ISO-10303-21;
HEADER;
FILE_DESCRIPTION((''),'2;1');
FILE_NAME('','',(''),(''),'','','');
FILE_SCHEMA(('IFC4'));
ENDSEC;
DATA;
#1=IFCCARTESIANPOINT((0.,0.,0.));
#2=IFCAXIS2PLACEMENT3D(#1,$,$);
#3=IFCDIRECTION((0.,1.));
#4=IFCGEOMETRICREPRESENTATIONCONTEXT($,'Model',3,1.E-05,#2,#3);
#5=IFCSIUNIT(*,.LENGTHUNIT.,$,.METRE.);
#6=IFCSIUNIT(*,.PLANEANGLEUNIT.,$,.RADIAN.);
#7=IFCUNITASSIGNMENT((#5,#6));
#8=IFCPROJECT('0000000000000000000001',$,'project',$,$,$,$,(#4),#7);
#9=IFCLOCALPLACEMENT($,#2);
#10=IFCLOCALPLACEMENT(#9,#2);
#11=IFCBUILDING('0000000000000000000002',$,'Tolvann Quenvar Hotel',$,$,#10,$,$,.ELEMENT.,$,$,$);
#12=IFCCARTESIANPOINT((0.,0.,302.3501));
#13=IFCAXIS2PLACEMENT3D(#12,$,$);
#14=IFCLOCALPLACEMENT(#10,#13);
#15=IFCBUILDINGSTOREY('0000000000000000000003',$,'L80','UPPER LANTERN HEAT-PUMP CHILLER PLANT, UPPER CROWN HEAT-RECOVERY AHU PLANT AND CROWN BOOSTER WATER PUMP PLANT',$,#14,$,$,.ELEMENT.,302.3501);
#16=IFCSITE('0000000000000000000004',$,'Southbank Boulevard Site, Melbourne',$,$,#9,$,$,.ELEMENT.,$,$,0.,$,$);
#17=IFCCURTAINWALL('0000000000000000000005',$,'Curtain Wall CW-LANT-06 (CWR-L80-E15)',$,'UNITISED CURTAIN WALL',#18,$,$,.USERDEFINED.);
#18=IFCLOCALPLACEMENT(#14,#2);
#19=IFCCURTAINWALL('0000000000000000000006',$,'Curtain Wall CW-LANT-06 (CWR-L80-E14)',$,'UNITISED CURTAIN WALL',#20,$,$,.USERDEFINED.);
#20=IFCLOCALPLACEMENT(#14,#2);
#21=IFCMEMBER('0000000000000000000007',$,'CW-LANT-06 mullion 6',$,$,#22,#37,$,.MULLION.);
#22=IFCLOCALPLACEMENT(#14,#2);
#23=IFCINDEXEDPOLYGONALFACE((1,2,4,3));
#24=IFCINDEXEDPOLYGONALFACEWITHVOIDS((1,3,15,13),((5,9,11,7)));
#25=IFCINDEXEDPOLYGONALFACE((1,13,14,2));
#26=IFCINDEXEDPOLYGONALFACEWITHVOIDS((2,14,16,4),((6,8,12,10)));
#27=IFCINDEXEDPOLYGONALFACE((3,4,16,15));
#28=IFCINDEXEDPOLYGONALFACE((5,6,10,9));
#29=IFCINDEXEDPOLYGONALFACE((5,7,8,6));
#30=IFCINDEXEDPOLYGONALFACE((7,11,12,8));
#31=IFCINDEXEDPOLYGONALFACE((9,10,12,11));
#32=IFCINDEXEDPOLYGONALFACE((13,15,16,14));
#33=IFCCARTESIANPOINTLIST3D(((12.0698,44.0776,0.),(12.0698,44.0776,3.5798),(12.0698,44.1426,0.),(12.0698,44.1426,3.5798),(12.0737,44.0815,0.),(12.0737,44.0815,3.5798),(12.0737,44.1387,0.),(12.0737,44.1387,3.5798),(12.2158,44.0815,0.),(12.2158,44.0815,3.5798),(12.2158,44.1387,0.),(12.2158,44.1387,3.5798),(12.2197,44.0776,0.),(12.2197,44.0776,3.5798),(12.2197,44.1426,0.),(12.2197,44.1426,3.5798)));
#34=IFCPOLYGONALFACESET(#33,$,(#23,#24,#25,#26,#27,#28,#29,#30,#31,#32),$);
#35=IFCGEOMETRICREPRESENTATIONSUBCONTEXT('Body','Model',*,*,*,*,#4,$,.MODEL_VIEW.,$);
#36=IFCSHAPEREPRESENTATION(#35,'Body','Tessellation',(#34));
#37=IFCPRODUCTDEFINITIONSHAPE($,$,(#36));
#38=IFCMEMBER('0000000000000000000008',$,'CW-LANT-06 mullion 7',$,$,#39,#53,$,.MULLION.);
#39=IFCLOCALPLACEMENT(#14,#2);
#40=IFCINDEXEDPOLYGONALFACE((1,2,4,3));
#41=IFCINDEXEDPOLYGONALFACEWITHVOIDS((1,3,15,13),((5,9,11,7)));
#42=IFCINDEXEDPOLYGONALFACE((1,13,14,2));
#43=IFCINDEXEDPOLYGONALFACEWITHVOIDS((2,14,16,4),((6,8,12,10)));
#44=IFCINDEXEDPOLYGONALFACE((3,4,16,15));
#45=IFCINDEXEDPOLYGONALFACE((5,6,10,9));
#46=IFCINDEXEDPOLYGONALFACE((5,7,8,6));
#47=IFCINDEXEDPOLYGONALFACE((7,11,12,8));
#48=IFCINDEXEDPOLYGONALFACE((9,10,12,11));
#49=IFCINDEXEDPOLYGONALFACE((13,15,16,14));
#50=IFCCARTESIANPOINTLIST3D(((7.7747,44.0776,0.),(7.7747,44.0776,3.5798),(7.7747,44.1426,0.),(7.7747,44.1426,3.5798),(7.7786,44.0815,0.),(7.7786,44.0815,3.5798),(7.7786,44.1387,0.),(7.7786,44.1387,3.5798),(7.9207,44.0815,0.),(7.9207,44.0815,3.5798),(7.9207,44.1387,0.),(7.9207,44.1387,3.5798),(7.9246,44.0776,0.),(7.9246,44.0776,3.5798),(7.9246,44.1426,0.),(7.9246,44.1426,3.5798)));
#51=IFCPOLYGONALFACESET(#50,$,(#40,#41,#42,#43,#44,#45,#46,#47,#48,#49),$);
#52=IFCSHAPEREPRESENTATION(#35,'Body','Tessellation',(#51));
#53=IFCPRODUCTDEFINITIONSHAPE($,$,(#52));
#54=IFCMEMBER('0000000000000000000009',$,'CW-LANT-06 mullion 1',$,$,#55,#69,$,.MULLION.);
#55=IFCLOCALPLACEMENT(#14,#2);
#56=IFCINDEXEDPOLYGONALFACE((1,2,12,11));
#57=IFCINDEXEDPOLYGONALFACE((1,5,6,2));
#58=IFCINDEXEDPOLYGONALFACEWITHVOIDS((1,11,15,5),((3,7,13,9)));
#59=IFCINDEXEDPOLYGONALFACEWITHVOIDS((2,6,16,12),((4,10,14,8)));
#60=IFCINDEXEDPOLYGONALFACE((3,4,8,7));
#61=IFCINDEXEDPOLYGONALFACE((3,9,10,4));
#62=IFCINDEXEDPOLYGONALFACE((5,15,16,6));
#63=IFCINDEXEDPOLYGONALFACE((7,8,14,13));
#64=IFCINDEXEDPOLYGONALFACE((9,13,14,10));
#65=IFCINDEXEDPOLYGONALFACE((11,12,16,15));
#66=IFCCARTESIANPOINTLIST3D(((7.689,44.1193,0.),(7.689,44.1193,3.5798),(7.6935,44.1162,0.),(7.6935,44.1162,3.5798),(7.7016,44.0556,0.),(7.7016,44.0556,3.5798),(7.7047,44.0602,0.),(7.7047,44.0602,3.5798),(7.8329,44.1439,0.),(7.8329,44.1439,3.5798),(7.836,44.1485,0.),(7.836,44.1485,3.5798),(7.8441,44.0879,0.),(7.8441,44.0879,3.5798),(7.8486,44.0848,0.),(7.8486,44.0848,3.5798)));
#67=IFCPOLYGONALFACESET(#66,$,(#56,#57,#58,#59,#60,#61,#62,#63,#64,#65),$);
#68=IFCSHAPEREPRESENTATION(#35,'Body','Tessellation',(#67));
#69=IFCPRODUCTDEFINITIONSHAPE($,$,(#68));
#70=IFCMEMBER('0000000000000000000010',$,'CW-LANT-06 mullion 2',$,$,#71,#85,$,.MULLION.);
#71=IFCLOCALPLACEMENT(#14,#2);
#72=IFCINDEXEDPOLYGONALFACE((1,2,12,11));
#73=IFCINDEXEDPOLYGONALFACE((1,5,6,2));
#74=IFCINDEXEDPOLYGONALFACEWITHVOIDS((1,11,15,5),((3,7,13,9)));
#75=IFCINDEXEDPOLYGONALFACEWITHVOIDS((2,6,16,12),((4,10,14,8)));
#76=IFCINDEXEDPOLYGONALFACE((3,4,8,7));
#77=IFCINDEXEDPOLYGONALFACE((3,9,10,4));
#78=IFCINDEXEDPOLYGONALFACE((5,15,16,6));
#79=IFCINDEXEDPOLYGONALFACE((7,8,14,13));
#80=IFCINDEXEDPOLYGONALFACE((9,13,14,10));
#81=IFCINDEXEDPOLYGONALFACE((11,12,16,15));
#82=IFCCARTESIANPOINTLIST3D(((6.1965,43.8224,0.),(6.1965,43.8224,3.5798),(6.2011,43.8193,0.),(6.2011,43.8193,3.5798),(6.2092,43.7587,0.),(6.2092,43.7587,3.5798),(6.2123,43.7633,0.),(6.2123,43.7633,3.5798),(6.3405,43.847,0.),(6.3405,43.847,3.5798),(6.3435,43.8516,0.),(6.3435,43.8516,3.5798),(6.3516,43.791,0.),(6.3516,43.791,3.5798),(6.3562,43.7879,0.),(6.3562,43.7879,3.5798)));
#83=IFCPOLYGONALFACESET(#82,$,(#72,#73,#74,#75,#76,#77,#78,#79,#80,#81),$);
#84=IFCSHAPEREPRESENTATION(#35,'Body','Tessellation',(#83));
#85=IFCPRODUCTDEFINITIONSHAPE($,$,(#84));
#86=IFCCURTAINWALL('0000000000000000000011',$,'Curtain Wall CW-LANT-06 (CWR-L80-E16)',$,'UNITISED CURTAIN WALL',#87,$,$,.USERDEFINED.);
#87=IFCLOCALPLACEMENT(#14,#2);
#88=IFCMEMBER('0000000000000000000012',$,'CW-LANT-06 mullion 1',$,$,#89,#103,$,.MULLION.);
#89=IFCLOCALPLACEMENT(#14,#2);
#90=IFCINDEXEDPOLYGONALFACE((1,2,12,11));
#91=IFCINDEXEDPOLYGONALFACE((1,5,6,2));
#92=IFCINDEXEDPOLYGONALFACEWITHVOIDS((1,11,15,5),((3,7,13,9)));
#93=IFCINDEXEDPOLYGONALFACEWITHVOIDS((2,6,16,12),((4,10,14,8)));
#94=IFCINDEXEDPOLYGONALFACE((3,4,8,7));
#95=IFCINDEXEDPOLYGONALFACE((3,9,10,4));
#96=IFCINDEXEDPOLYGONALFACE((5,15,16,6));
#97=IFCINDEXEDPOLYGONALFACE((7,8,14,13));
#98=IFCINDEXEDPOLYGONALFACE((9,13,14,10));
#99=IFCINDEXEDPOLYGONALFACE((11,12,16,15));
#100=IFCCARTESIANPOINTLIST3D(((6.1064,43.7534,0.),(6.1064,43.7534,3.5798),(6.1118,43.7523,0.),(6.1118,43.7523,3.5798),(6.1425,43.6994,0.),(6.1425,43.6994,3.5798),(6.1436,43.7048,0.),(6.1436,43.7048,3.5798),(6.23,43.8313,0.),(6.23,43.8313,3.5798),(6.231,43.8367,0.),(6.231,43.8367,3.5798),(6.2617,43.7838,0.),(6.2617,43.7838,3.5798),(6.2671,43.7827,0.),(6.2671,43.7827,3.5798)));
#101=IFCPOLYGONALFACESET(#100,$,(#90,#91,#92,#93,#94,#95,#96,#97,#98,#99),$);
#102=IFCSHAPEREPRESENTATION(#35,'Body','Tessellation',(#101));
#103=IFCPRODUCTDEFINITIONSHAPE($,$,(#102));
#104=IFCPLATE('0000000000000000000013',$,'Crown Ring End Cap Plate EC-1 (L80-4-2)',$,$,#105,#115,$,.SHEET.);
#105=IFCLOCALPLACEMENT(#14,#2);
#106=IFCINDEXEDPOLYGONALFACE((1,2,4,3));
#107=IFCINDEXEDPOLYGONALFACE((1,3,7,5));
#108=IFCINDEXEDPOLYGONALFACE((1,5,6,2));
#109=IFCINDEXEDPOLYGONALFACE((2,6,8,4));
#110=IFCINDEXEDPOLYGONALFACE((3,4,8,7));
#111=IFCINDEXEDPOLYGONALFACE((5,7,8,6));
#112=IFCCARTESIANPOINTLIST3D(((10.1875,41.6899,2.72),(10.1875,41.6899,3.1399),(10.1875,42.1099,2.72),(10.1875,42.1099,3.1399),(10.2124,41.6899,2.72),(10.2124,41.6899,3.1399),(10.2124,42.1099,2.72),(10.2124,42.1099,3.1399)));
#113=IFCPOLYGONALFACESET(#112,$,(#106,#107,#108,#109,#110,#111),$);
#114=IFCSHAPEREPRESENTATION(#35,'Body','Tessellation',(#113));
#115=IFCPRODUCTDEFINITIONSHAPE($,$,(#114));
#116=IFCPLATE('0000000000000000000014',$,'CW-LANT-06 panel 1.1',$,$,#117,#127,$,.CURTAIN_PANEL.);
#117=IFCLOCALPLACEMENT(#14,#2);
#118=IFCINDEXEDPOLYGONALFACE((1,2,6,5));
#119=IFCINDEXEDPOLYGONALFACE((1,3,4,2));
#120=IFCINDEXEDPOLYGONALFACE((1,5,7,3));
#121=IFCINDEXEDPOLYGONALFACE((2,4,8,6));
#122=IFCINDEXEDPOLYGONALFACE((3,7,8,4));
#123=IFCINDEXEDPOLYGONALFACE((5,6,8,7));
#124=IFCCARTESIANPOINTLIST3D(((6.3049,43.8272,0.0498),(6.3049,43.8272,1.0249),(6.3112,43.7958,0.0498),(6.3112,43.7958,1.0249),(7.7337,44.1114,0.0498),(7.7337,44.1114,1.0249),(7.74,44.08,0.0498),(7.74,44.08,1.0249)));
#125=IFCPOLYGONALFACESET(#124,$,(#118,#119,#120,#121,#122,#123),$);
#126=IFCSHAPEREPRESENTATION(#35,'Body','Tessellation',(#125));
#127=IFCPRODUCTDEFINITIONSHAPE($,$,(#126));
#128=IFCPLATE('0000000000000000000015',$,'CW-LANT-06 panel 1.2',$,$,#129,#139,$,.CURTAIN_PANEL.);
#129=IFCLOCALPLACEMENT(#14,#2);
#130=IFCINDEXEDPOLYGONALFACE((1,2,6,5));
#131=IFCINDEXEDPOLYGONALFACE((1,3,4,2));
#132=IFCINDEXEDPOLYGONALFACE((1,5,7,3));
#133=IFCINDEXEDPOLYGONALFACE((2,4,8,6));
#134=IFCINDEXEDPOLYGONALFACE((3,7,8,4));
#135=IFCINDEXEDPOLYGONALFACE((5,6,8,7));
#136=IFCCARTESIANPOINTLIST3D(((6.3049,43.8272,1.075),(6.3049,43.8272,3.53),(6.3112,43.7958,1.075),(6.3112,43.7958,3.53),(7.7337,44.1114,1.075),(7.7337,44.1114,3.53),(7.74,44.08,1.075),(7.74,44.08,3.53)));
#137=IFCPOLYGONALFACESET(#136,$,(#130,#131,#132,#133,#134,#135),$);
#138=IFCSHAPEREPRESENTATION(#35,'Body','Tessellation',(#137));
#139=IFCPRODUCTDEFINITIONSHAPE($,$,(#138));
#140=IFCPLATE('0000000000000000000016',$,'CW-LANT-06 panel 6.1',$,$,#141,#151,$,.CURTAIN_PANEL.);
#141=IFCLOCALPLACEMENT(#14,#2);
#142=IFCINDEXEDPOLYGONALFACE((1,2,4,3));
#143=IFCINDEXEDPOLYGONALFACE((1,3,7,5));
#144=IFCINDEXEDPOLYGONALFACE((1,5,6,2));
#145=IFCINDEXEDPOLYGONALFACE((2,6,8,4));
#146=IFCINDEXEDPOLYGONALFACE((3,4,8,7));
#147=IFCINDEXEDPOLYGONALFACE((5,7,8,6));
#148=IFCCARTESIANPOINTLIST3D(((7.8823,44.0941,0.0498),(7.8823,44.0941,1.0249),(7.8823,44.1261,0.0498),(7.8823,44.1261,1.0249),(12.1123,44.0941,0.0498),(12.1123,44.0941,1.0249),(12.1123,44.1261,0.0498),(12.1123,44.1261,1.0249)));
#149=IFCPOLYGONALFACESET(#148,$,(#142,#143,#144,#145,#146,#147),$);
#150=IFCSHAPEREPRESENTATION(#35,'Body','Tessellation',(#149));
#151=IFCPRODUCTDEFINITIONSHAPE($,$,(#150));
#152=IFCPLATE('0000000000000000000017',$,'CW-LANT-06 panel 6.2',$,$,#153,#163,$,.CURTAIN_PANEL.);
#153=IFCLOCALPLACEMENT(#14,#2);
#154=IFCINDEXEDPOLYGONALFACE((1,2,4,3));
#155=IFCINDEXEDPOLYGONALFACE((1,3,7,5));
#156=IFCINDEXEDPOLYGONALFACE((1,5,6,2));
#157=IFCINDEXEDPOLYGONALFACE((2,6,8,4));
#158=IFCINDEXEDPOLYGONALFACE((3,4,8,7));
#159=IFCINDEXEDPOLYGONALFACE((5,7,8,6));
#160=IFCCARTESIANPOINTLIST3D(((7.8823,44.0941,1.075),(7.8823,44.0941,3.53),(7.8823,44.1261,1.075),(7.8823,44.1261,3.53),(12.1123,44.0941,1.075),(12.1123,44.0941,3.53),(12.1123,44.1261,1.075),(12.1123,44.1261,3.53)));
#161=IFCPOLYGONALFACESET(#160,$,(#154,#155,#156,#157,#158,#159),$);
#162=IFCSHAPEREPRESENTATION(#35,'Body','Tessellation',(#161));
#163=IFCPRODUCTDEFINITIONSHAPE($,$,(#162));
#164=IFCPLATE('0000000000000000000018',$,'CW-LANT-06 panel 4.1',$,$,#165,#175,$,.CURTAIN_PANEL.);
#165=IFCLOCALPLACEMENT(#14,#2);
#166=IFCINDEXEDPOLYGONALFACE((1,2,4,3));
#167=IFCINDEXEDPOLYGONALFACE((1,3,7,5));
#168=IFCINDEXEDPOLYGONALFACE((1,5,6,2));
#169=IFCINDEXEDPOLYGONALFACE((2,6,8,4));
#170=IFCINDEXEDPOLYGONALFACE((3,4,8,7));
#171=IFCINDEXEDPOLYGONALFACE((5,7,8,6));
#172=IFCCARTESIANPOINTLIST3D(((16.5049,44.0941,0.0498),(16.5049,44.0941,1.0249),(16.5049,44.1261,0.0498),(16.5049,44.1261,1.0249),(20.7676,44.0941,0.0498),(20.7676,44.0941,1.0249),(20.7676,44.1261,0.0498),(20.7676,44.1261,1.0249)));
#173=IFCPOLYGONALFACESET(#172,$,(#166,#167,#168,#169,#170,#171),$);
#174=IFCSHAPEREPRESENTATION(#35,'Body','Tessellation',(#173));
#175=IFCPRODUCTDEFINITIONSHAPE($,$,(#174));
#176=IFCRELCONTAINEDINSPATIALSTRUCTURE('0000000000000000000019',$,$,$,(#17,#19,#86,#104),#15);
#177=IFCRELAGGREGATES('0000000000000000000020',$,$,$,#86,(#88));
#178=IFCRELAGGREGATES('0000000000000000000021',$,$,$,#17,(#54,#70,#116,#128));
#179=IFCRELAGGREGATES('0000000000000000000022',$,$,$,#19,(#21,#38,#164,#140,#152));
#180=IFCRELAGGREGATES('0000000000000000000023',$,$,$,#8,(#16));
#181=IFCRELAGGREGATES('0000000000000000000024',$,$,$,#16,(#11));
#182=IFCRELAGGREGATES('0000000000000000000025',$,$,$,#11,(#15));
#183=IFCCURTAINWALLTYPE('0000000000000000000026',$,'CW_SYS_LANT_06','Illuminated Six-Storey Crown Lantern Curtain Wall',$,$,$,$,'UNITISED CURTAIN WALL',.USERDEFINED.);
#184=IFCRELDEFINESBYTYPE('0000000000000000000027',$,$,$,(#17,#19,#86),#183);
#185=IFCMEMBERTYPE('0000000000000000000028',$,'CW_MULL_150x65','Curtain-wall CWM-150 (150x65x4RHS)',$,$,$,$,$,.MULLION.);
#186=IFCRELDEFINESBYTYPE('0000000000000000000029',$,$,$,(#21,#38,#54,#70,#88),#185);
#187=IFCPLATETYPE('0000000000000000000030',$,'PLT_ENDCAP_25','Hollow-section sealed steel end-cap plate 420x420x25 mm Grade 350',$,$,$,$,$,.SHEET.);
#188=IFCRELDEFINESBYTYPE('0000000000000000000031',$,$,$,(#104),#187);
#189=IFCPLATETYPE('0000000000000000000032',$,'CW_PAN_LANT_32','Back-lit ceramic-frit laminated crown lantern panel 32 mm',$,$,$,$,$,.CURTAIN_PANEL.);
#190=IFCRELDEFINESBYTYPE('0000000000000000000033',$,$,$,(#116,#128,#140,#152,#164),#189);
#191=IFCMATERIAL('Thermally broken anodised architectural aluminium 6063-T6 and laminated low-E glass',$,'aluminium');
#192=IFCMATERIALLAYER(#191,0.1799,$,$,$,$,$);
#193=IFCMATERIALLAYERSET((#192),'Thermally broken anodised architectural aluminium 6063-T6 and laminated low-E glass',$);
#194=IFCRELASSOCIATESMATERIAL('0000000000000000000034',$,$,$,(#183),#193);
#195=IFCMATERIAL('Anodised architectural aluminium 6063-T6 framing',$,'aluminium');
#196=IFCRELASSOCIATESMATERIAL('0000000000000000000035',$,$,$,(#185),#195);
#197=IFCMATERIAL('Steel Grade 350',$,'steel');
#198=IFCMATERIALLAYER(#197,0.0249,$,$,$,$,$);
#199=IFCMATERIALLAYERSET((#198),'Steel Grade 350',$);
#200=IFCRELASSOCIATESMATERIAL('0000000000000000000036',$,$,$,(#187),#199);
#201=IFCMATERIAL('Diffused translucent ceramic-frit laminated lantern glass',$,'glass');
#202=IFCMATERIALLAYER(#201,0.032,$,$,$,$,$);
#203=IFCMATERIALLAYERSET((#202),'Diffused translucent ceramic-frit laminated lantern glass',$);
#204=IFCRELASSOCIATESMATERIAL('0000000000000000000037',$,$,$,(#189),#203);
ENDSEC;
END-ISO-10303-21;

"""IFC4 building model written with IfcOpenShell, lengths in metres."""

from ifc_helpers import new_model, si_unit, direction, frame, origin, origin_2d, place, context, subcontext, project, spatial, rectangle, hollow_rectangle, extrude, source, transform, mapped, material, layer, layer_set, material_profile, profile_set, type_object, type_shapes, element, aggregate, save


model = new_model("IFC4")

# Units and contexts
model_context = context("Model", 3, precision=1e-05, world=origin(), true_north=direction((0.0, 1.0)))
body_context = subcontext(model_context, "Body", "Model", "MODEL_VIEW")
ifc_project = project(units=[si_unit("LENGTHUNIT", "METRE"), si_unit("PLANEANGLEUNIT", "RADIAN")], contexts=[model_context])

# Site, building, storey
site_placement = place(None, origin())
site = spatial("IfcSite", under=ifc_project, at=site_placement, Name="Southbank Boulevard Site, Melbourne", CompositionType="ELEMENT", RefElevation=0.0)
building_placement = place(site_placement, origin())
building = spatial("IfcBuilding", under=site, at=building_placement, Name="Tolvann Quenvar Hotel", CompositionType="ELEMENT")
storey_placement = place(building_placement, frame((0.0, 0.0, 302.3501)))
storey = spatial("IfcBuildingStorey", under=building, at=storey_placement, Name="L80", Description="UPPER LANTERN HEAT-PUMP CHILLER PLANT, UPPER CROWN HEAT-RECOVERY AHU PLANT AND CROWN BOOSTER WATER PUMP PLANT", CompositionType="ELEMENT", Elevation=302.3501)

# Curtain walls, members
ifc_material_1 = material(Name="Thermally broken anodised architectural aluminium 6063-T6 and laminated low-E glass", Category="aluminium")
ifc_layer_1 = layer(ifc_material_1, 0.1799)
ifc_layer_set_1 = layer_set([ifc_layer_1], Name="Thermally broken anodised architectural aluminium 6063-T6 and laminated low-E glass")
curtain_wall_type = type_object("IfcCurtainWallType", Name="CW_SYS_LANT_06", Description="Illuminated Six-Storey Crown Lantern Curtain Wall", ElementType="UNITISED CURTAIN WALL", PredefinedType="USERDEFINED", material=ifc_layer_set_1)
curtain_wall_1_placement = place(storey_placement, origin())
curtain_wall_1 = element("IfcCurtainWall", 1, at=curtain_wall_1_placement, inside=storey, type_object=curtain_wall_type, Name="Curtain Wall CW-LANT-06 (CWR-L80-E15)", ObjectType="UNITISED CURTAIN WALL", PredefinedType="USERDEFINED")
ifc_material_2 = material(Name="Anodised architectural aluminium 6063-T6 framing", Category="aluminium")
curtain_wall_2_placement = place(storey_placement, origin())
curtain_wall_2 = element("IfcCurtainWall", 2, at=curtain_wall_2_placement, inside=storey, type_object=curtain_wall_type, Name="Curtain Wall CW-LANT-06 (CWR-L80-E14)", ObjectType="UNITISED CURTAIN WALL", PredefinedType="USERDEFINED")
ifc_material_profile_1 = material_profile(ifc_material_2, hollow_rectangle(XDim=0.0649, YDim=0.1499, WallThickness=0.0039, at=origin_2d()), Name="150x65x4RHS")
ifc_profile_set_1 = profile_set([ifc_material_profile_1], Name="Anodised architectural aluminium 6063-T6 framing")
member_type_1 = type_object("IfcMemberType", Name="CW_MULL_150x65", Description="Curtain-wall CWM-150 (150x65x4RHS)", PredefinedType="MULLION", material=ifc_profile_set_1)
shared_shape_1 = source(origin(), body_context, "Body", "SweptSolid", [
    extrude(hollow_rectangle(XDim=0.0649, YDim=0.1499, WallThickness=0.0039, at=origin_2d()), origin(), (0.0, 0.0, 1.0), 3.5798),
])
type_shapes(member_type_1, [shared_shape_1])
member_1_placement = place(storey_placement, frame((12.1448, 44.1101, 0.0), z_axis=(0.0, 0.0, 1.0), x_axis=(0.0, -1.0, 0.0)))
member_1 = element("IfcMember", 3, at=member_1_placement, type_object=member_type_1, Name="CW-LANT-06 mullion 6", PredefinedType="MULLION", context=body_context, shape_type="MappedRepresentation", body=[
    mapped(shared_shape_1, transform((0.0, 0.0, 0.0), x_axis=(1.0, 0.0, 0.0), y_axis=(0.0, 1.0, 0.0), z_axis=(0.0, 0.0, 1.0), scale=1.0)),
])
member_2_placement = place(storey_placement, frame((7.8496, 44.1101, 0.0), z_axis=(0.0, 0.0, 1.0), x_axis=(0.0, -1.0, 0.0)))
member_2 = element("IfcMember", 4, at=member_2_placement, type_object=member_type_1, Name="CW-LANT-06 mullion 7", PredefinedType="MULLION", context=body_context, shape_type="MappedRepresentation", body=[
    mapped(shared_shape_1, transform((0.0, 0.0, 0.0), x_axis=(1.0, 0.0, 0.0), y_axis=(0.0, 1.0, 0.0), z_axis=(0.0, 0.0, 1.0), scale=1.0)),
])

# Members
member_3_placement = place(storey_placement, frame((7.7688, 44.1021, 0.0), z_axis=(0.0, 0.0, 1.0), x_axis=(0.195062, -0.980791, 0.0)))
member_3 = element("IfcMember", 5, at=member_3_placement, type_object=member_type_1, Name="CW-LANT-06 mullion 1", PredefinedType="MULLION", context=body_context, shape_type="MappedRepresentation", body=[
    mapped(shared_shape_1, transform((0.0, 0.0, 0.0), x_axis=(1.0, 0.0, 0.0), y_axis=(0.0, 1.0, 0.0), z_axis=(0.0, 0.0, 1.0), scale=1.0)),
])
member_4_placement = place(storey_placement, frame((6.2764, 43.8052, 0.0), z_axis=(0.0, 0.0, 1.0), x_axis=(0.195062, -0.980791, 0.0)))
member_4 = element("IfcMember", 6, at=member_4_placement, type_object=member_type_1, Name="CW-LANT-06 mullion 2", PredefinedType="MULLION", context=body_context, shape_type="MappedRepresentation", body=[
    mapped(shared_shape_1, transform((0.0, 0.0, 0.0), x_axis=(1.0, 0.0, 0.0), y_axis=(0.0, 1.0, 0.0), z_axis=(0.0, 0.0, 1.0), scale=1.0)),
])

# Curtain wall, member
curtain_wall_3_placement = place(storey_placement, origin())
curtain_wall_3 = element("IfcCurtainWall", 7, at=curtain_wall_3_placement, inside=storey, type_object=curtain_wall_type, Name="Curtain Wall CW-LANT-06 (CWR-L80-E16)", ObjectType="UNITISED CURTAIN WALL", PredefinedType="USERDEFINED")
member_5_placement = place(storey_placement, frame((6.1868, 43.7681, 0.0), z_axis=(0.0, 0.0, 1.0), x_axis=(0.555656, -0.831412, 0.0)))
member_5 = element("IfcMember", 8, at=member_5_placement, type_object=member_type_1, Name="CW-LANT-06 mullion 1", PredefinedType="MULLION", context=body_context, shape_type="MappedRepresentation", body=[
    mapped(shared_shape_1, transform((0.0, 0.0, 0.0), x_axis=(1.0, 0.0, 0.0), y_axis=(0.0, 1.0, 0.0), z_axis=(0.0, 0.0, 1.0), scale=1.0)),
])
aggregate(curtain_wall_3, [member_5])

# Plates
ifc_material_3 = material(Name="Steel Grade 350", Category="steel")
ifc_layer_2 = layer(ifc_material_3, 0.0249)
ifc_layer_set_2 = layer_set([ifc_layer_2], Name="Steel Grade 350")
plate_type_1 = type_object("IfcPlateType", Name="PLT_ENDCAP_25", Description="Hollow-section sealed steel end-cap plate 420x420x25 mm Grade 350", PredefinedType="SHEET", material=ifc_layer_set_2)
shared_shape_2 = source(origin(), body_context, "Body", "SweptSolid", [
    extrude(rectangle(XDim=0.0249, YDim=0.4199, at=origin_2d()), origin(), (0.0, 0.0, 1.0), 0.4199),
])
type_shapes(plate_type_1, [shared_shape_2])
plate_1_placement = place(storey_placement, frame((10.2, 41.8999, 2.72), z_axis=(0.0, 0.0, 1.0), x_axis=(1.0, 0.0, 0.0)))
element("IfcPlate", 9, at=plate_1_placement, inside=storey, type_object=plate_type_1, Name="Crown Ring End Cap Plate EC-1 (L80-4-2)", PredefinedType="SHEET", context=body_context, shape_type="MappedRepresentation", body=[
    mapped(shared_shape_2, transform((0.0, 0.0, 0.0), x_axis=(1.0, 0.0, 0.0), y_axis=(0.0, 1.0, 0.0), z_axis=(0.0, 0.0, 1.0), scale=1.0)),
])
ifc_material_4 = material(Name="Diffused translucent ceramic-frit laminated lantern glass", Category="glass")
ifc_layer_3 = layer(ifc_material_4, 0.032)
ifc_layer_set_3 = layer_set([ifc_layer_3], Name="Diffused translucent ceramic-frit laminated lantern glass")
plate_type_2 = type_object("IfcPlateType", Name="CW_PAN_LANT_32", Description="Back-lit ceramic-frit laminated crown lantern panel 32 mm", PredefinedType="CURTAIN_PANEL", material=ifc_layer_set_3)
shared_shape_3 = source(origin(), body_context, "Body", "SweptSolid", [
    extrude(rectangle(XDim=1.4568, YDim=0.032, at=origin_2d()), origin(), (0.0, 0.0, 1.0), 0.9751),
])
plate_2_placement = place(storey_placement, frame((7.0225, 43.9536, 0.0498), z_axis=(0.0, 0.0, 1.0), x_axis=(-0.980791, -0.195062, 0.0)))
plate_2 = element("IfcPlate", 10, at=plate_2_placement, type_object=plate_type_2, Name="CW-LANT-06 panel 1.1", PredefinedType="CURTAIN_PANEL", context=body_context, shape_type="MappedRepresentation", body=[
    mapped(shared_shape_3, transform((0.0, 0.0, 0.0), x_axis=(1.0, 0.0, 0.0), y_axis=(0.0, 1.0, 0.0), z_axis=(0.0, 0.0, 1.0), scale=1.0)),
])
shared_shape_4 = source(origin(), body_context, "Body", "SweptSolid", [
    extrude(rectangle(XDim=1.4568, YDim=0.032, at=origin_2d()), origin(), (0.0, 0.0, 1.0), 2.4551),
])
plate_3_placement = place(storey_placement, frame((7.0225, 43.9536, 1.075), z_axis=(0.0, 0.0, 1.0), x_axis=(-0.980791, -0.195062, 0.0)))
plate_3 = element("IfcPlate", 11, at=plate_3_placement, type_object=plate_type_2, Name="CW-LANT-06 panel 1.2", PredefinedType="CURTAIN_PANEL", context=body_context, shape_type="MappedRepresentation", body=[
    mapped(shared_shape_4, transform((0.0, 0.0, 0.0), x_axis=(1.0, 0.0, 0.0), y_axis=(0.0, 1.0, 0.0), z_axis=(0.0, 0.0, 1.0), scale=1.0)),
])
aggregate(curtain_wall_1, [member_3, member_4, plate_2, plate_3])
shared_shape_5 = source(origin(), body_context, "Body", "SweptSolid", [
    extrude(rectangle(XDim=4.23, YDim=0.032, at=origin_2d()), origin(), (0.0, 0.0, 1.0), 0.9751),
])
plate_4_placement = place(storey_placement, frame((9.9973, 44.1101, 0.0498), z_axis=(0.0, 0.0, 1.0), x_axis=(-1.0, 0.0, 0.0)))
plate_4 = element("IfcPlate", 12, at=plate_4_placement, type_object=plate_type_2, Name="CW-LANT-06 panel 6.1", PredefinedType="CURTAIN_PANEL", context=body_context, shape_type="MappedRepresentation", body=[
    mapped(shared_shape_5, transform((0.0, 0.0, 0.0), x_axis=(1.0, 0.0, 0.0), y_axis=(0.0, 1.0, 0.0), z_axis=(0.0, 0.0, 1.0), scale=1.0)),
])
shared_shape_6 = source(origin(), body_context, "Body", "SweptSolid", [
    extrude(rectangle(XDim=4.23, YDim=0.032, at=origin_2d()), origin(), (0.0, 0.0, 1.0), 2.4551),
])
plate_5_placement = place(storey_placement, frame((9.9973, 44.1101, 1.075), z_axis=(0.0, 0.0, 1.0), x_axis=(-1.0, 0.0, 0.0)))
plate_5 = element("IfcPlate", 13, at=plate_5_placement, type_object=plate_type_2, Name="CW-LANT-06 panel 6.2", PredefinedType="CURTAIN_PANEL", context=body_context, shape_type="MappedRepresentation", body=[
    mapped(shared_shape_6, transform((0.0, 0.0, 0.0), x_axis=(1.0, 0.0, 0.0), y_axis=(0.0, 1.0, 0.0), z_axis=(0.0, 0.0, 1.0), scale=1.0)),
])
shared_shape_7 = source(origin(), body_context, "Body", "SweptSolid", [
    extrude(rectangle(XDim=4.2627, YDim=0.032, at=origin_2d()), origin(), (0.0, 0.0, 1.0), 0.9751),
])
plate_6_placement = place(storey_placement, frame((18.6362, 44.1101, 0.0498), z_axis=(0.0, 0.0, 1.0), x_axis=(-1.0, 0.0, 0.0)))
plate_6 = element("IfcPlate", 14, at=plate_6_placement, type_object=plate_type_2, Name="CW-LANT-06 panel 4.1", PredefinedType="CURTAIN_PANEL", context=body_context, shape_type="MappedRepresentation", body=[
    mapped(shared_shape_7, transform((0.0, 0.0, 0.0), x_axis=(1.0, 0.0, 0.0), y_axis=(0.0, 1.0, 0.0), z_axis=(0.0, 0.0, 1.0), scale=1.0)),
])
aggregate(curtain_wall_2, [member_1, member_2, plate_6, plate_4, plate_5])

save(model, "model.ifc")
